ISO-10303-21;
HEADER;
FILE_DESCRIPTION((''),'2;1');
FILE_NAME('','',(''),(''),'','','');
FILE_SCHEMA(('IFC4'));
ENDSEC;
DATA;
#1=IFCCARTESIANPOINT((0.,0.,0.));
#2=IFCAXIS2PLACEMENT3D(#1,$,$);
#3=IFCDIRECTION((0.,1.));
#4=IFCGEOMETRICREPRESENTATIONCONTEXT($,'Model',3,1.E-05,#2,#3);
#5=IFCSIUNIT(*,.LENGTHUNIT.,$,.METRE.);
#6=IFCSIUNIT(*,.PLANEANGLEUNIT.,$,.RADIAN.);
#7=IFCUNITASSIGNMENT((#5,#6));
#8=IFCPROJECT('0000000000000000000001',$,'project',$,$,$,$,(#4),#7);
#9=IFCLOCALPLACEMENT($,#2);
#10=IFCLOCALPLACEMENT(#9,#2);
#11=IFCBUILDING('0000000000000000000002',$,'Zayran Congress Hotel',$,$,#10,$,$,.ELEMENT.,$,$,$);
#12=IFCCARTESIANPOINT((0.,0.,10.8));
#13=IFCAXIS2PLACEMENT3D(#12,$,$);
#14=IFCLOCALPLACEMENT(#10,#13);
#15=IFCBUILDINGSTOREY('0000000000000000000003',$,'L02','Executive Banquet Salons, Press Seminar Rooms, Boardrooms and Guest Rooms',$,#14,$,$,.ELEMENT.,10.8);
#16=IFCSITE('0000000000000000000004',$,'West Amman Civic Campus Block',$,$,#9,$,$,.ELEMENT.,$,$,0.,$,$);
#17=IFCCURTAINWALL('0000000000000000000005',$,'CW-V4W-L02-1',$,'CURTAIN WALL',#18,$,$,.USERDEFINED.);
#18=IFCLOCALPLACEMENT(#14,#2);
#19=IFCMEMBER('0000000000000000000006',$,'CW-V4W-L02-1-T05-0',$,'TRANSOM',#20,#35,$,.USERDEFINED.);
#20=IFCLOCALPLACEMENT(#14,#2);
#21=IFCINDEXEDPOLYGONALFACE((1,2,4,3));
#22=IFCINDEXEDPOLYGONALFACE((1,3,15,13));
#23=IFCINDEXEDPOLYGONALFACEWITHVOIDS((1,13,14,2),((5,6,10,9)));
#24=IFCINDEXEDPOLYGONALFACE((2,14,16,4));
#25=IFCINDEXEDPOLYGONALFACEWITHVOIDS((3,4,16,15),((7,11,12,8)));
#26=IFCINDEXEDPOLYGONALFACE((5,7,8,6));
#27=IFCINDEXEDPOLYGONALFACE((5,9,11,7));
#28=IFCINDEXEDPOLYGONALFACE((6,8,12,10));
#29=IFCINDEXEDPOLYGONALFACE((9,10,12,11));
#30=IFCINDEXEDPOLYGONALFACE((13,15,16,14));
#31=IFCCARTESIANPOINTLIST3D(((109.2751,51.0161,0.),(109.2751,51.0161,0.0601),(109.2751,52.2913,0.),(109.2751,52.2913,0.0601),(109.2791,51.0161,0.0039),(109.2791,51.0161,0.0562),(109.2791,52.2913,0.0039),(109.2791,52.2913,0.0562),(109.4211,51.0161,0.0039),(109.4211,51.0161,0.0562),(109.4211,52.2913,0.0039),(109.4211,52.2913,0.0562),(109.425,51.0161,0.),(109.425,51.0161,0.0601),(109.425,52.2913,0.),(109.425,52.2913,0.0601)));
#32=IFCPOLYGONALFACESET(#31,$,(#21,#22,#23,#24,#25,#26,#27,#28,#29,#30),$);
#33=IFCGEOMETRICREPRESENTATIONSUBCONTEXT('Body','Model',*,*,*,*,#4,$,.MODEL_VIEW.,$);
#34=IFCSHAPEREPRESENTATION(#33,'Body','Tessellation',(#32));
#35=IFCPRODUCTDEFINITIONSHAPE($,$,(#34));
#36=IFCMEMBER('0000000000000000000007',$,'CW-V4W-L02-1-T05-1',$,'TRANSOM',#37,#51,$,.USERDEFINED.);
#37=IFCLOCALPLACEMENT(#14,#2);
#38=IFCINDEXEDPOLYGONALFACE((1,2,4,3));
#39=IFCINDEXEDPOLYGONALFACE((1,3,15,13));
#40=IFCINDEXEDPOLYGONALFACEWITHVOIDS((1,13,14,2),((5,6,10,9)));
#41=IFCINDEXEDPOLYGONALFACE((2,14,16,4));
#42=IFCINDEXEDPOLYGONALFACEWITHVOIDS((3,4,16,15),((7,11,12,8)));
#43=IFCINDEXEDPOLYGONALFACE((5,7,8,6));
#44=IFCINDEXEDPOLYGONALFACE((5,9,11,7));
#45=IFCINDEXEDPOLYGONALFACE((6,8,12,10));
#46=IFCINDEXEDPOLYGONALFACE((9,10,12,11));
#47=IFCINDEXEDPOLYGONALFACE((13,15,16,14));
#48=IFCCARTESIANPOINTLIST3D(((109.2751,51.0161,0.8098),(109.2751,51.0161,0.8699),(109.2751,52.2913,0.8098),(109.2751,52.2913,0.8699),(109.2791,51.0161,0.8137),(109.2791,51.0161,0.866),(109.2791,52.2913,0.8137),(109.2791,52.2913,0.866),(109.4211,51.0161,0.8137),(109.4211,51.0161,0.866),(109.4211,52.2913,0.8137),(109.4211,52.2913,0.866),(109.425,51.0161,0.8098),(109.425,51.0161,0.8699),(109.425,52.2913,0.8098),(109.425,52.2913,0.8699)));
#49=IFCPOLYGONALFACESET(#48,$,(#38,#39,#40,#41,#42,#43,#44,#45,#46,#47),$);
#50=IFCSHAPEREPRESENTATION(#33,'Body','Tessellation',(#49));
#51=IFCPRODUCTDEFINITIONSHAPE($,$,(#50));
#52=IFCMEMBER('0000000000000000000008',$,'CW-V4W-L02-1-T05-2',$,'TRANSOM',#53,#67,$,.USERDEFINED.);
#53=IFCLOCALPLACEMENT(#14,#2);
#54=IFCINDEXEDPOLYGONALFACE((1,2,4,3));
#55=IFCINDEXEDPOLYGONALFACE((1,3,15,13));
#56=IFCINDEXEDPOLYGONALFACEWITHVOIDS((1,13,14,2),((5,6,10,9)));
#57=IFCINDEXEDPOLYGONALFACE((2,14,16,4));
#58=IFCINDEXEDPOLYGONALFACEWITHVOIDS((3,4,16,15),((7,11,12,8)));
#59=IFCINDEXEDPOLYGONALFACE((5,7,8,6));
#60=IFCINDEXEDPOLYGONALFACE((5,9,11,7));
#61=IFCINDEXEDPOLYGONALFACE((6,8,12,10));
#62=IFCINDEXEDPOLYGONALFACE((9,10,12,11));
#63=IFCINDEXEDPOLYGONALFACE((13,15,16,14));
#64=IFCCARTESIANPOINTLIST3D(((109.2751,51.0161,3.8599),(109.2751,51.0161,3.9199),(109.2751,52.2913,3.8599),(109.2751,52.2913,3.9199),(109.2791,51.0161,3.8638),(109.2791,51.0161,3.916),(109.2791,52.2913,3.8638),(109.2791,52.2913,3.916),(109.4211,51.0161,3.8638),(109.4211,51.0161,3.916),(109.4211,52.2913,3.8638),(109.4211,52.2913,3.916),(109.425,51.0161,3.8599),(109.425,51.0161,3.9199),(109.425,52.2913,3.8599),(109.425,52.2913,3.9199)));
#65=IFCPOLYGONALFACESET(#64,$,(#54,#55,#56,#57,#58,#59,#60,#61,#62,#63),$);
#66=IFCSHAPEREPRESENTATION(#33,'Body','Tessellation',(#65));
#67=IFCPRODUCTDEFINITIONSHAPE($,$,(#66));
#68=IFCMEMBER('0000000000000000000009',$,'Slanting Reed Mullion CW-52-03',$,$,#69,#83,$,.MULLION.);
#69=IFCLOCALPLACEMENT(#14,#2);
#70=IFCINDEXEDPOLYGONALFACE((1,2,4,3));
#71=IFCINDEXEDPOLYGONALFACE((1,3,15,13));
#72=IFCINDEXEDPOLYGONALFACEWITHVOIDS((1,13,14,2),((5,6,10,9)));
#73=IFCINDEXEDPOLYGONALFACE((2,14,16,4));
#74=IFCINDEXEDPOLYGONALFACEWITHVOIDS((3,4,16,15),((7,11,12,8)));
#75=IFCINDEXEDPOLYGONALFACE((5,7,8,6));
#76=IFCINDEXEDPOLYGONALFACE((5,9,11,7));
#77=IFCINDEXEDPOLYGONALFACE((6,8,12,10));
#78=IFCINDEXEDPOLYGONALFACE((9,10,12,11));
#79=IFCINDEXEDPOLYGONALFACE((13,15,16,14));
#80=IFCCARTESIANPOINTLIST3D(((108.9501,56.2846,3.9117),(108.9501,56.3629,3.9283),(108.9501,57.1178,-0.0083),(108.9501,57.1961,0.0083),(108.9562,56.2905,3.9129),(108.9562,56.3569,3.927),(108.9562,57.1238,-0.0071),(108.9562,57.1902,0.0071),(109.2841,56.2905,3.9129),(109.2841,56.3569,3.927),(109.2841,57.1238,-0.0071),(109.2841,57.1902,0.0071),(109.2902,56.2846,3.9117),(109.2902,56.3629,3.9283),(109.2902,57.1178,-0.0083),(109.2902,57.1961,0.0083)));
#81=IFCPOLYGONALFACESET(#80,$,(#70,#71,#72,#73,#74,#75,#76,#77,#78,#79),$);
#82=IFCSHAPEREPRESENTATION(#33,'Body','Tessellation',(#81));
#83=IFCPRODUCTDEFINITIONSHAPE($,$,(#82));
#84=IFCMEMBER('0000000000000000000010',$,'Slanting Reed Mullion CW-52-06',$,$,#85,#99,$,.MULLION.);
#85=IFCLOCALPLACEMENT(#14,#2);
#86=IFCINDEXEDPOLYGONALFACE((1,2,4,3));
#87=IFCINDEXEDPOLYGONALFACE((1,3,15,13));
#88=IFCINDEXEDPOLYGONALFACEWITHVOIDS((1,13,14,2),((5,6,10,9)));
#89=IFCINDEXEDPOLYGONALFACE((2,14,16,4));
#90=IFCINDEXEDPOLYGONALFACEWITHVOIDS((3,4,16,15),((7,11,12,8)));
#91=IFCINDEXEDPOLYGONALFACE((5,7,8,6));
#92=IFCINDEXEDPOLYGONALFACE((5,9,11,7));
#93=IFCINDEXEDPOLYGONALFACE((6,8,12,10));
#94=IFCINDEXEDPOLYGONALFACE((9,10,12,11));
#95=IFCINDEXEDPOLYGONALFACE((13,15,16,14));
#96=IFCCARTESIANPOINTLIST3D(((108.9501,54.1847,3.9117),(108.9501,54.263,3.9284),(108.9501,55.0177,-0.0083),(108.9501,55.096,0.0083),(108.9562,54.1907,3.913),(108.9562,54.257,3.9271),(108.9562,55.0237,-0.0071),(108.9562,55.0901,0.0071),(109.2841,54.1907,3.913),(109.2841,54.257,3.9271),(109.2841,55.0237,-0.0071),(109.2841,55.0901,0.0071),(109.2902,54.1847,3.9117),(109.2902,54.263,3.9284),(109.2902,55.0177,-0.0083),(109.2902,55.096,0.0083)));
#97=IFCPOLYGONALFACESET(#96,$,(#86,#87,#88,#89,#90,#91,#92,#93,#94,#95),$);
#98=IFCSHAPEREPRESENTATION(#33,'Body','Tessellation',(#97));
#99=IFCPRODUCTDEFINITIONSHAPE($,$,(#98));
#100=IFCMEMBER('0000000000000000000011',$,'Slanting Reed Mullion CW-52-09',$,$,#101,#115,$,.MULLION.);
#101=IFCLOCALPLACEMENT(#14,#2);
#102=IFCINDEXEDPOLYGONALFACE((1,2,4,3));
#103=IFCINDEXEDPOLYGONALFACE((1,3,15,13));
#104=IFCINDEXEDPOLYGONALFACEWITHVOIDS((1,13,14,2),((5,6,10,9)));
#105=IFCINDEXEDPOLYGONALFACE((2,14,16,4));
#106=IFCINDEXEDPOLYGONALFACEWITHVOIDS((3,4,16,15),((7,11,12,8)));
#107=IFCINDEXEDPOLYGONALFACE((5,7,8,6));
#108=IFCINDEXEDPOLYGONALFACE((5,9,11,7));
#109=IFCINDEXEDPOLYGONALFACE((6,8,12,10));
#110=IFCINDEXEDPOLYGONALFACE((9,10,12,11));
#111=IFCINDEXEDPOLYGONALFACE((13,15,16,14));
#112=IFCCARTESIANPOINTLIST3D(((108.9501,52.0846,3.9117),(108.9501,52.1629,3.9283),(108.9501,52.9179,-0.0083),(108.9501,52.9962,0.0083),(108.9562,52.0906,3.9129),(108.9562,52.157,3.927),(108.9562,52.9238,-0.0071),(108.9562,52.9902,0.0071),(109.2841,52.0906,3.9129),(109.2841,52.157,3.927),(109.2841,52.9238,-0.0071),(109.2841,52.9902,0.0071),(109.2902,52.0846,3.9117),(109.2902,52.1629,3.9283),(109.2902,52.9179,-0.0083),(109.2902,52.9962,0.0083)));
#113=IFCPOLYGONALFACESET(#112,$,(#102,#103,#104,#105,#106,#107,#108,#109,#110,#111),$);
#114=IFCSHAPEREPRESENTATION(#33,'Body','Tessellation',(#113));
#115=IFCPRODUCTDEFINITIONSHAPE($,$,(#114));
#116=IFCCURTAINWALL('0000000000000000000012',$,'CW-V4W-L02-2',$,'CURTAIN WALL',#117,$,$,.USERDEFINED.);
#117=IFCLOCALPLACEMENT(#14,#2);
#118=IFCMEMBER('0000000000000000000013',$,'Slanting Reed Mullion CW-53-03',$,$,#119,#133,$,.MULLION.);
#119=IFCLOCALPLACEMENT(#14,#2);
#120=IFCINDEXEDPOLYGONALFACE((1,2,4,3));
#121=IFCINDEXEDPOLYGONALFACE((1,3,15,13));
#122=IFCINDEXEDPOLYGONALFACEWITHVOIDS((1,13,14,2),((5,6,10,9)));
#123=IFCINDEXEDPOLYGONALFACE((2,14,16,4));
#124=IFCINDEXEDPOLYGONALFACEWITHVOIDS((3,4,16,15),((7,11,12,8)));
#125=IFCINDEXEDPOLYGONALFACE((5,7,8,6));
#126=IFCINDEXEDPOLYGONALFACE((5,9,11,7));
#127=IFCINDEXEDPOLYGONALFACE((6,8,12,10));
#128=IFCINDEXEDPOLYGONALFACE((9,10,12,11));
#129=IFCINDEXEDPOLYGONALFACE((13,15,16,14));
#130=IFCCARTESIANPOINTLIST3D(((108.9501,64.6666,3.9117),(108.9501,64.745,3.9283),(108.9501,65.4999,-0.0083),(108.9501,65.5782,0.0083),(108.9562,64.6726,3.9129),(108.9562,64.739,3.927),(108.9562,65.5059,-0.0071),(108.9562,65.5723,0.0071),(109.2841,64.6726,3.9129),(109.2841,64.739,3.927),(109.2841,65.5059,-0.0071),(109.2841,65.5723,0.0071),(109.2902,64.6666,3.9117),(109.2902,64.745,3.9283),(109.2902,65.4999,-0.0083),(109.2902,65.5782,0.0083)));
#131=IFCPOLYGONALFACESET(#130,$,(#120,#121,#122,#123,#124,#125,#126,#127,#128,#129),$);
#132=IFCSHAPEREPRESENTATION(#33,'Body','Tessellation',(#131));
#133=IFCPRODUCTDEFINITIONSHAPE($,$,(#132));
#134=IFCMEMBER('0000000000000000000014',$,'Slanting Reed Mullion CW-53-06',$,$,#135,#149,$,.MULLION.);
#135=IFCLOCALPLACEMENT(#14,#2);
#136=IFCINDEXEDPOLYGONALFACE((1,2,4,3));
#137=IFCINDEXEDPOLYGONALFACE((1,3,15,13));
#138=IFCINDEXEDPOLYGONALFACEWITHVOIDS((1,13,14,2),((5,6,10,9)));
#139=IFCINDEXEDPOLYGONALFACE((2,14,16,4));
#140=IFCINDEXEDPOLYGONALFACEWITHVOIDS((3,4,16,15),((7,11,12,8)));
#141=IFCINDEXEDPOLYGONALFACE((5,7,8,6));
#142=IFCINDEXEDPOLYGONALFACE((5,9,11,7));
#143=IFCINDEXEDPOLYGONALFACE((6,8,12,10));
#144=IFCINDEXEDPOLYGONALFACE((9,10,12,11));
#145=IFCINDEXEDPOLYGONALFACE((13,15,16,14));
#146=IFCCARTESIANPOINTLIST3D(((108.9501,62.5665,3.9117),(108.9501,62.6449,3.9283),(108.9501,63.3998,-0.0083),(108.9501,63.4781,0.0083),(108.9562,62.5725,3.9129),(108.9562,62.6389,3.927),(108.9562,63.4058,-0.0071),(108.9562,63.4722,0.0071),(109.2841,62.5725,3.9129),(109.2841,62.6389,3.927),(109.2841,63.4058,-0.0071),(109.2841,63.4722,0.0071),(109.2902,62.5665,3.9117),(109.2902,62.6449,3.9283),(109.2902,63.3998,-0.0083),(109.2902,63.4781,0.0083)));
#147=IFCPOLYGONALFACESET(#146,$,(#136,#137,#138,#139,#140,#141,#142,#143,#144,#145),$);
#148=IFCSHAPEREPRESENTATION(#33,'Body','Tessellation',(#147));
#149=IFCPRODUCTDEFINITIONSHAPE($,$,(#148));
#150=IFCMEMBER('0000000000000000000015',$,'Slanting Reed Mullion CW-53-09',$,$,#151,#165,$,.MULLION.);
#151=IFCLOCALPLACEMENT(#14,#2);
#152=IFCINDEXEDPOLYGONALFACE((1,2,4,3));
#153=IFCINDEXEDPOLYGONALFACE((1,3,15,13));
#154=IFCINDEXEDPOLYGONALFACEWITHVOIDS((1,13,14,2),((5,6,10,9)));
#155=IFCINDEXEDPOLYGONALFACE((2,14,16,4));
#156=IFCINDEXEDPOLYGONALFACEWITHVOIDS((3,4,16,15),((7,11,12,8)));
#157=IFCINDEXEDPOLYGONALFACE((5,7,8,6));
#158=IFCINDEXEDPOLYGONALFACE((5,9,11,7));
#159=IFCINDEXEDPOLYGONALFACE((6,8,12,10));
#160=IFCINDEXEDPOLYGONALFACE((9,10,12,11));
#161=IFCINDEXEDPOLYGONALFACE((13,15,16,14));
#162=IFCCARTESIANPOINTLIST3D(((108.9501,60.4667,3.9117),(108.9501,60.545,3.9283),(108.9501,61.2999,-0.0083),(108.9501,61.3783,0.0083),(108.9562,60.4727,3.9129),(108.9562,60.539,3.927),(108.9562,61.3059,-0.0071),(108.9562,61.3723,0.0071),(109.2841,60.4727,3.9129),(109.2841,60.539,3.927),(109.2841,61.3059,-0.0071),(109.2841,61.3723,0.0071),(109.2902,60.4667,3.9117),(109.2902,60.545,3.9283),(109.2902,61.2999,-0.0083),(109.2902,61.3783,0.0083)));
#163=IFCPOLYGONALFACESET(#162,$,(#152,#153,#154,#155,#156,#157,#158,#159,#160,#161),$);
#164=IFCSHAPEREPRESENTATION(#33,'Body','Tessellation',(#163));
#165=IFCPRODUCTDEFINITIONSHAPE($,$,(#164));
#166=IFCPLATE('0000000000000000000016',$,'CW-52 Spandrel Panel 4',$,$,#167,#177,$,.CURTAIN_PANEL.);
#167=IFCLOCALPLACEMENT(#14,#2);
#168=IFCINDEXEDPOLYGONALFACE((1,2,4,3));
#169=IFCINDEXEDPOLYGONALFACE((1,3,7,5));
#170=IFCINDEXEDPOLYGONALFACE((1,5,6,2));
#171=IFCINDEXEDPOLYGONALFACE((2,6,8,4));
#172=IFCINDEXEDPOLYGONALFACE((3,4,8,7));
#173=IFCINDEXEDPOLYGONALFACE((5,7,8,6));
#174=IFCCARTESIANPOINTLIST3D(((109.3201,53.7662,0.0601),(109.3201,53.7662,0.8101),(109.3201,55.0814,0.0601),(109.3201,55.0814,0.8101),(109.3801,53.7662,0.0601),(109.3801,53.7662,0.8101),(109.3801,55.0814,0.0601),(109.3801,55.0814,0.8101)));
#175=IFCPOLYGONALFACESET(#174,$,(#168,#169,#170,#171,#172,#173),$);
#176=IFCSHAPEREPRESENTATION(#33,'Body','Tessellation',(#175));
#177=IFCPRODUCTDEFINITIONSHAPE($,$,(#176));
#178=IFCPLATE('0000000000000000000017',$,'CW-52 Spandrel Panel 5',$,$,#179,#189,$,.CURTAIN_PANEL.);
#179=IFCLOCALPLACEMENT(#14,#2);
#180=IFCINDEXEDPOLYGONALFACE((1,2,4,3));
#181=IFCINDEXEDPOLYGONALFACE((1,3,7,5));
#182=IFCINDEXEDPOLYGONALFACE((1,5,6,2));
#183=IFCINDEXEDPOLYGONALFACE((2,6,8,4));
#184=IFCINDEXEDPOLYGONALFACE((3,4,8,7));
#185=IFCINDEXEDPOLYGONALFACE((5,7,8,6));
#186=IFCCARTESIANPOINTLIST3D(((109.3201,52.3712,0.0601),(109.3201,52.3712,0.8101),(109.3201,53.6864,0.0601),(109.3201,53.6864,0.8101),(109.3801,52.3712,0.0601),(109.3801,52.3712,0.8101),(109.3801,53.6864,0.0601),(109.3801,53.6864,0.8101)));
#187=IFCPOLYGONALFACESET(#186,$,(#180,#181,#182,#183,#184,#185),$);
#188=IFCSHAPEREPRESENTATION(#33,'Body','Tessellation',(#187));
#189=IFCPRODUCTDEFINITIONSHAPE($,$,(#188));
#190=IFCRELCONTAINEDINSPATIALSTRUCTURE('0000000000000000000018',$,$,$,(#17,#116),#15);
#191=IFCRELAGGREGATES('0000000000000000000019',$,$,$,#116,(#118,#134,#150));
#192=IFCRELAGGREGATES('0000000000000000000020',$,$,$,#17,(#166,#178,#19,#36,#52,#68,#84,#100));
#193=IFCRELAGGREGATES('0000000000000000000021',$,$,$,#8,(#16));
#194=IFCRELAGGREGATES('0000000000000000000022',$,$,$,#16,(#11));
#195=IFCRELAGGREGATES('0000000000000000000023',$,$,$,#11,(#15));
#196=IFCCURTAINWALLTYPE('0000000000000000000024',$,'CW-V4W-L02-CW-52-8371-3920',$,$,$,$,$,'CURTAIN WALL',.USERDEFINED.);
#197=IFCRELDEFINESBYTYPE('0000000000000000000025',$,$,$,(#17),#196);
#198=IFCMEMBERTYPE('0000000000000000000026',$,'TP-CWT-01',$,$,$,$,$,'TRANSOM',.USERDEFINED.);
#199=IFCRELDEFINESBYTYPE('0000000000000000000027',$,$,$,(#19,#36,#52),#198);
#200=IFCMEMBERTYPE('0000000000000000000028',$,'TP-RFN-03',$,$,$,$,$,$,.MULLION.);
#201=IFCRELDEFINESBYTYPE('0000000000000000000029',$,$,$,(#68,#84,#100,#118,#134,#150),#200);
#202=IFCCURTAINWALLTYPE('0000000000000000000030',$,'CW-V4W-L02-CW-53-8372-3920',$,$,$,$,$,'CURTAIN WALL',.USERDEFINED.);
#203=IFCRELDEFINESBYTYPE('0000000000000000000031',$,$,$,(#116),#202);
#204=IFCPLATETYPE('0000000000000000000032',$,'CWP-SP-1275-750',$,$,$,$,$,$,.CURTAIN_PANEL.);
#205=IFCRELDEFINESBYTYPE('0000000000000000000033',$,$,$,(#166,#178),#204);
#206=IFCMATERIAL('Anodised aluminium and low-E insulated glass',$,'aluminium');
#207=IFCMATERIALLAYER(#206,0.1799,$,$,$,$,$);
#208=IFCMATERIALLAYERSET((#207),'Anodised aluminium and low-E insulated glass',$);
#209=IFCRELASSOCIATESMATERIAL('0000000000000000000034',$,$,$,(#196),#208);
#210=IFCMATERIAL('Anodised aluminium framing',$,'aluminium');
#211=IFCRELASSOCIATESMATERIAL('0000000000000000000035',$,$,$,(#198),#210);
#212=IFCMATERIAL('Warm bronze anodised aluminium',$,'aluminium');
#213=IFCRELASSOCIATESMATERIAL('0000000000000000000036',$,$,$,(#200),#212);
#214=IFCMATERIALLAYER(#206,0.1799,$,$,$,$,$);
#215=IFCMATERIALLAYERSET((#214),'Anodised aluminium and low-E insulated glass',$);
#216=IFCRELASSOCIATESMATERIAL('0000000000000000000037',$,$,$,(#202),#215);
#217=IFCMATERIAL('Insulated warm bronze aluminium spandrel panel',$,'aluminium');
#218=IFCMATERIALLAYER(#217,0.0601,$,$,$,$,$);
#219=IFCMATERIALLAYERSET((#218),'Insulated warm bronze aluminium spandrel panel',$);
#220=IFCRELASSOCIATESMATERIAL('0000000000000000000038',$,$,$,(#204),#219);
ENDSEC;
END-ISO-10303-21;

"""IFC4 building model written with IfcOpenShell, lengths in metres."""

from ifc_helpers import new_model, si_unit, direction, frame, origin, origin_2d, place, context, subcontext, project, spatial, rectangle, hollow_rectangle, extrude, material, layer, layer_set, material_profile, profile_set, type_object, element, aggregate, save


model = new_model("IFC4")

# Units and contexts
model_context = context("Model", 3, precision=1e-05, world=origin(), true_north=direction((0.0, 1.0)))
body_context = subcontext(model_context, "Body", "Model", "MODEL_VIEW")
ifc_project = project(units=[si_unit("LENGTHUNIT", "METRE"), si_unit("PLANEANGLEUNIT", "RADIAN")], contexts=[model_context])

# Site, building, storey
site_placement = place(None, origin())
site = spatial("IfcSite", under=ifc_project, at=site_placement, Name="West Amman Civic Campus Block", CompositionType="ELEMENT", RefElevation=0.0)
building_placement = place(site_placement, origin())
building = spatial("IfcBuilding", under=site, at=building_placement, Name="Zayran Congress Hotel", CompositionType="ELEMENT")
storey_placement = place(building_placement, frame((0.0, 0.0, 10.8)))
storey = spatial("IfcBuildingStorey", under=building, at=storey_placement, Name="L02", Description="Executive Banquet Salons, Press Seminar Rooms, Boardrooms and Guest Rooms", CompositionType="ELEMENT", Elevation=10.8)

# Shared definitions
ifc_material_1 = material(Name="Anodised aluminium and low-E insulated glass", Category="aluminium")
ifc_material_2 = material(Name="Anodised aluminium framing", Category="aluminium")

# Curtain wall
ifc_layer_1 = layer(ifc_material_1, 0.1799)
ifc_layer_set_1 = layer_set([ifc_layer_1], Name="Anodised aluminium and low-E insulated glass")
curtain_wall_type_1 = type_object("IfcCurtainWallType", Name="CW-V4W-L02-CW-52-8371-3920", ElementType="CURTAIN WALL", PredefinedType="USERDEFINED", material=ifc_layer_set_1)
curtain_wall_1_placement = place(storey_placement, origin())
curtain_wall_1 = element("IfcCurtainWall", 1, at=curtain_wall_1_placement, inside=storey, type_object=curtain_wall_type_1, Name="CW-V4W-L02-1", ObjectType="CURTAIN WALL", PredefinedType="USERDEFINED")

# Members
ifc_material_profile_1 = material_profile(ifc_material_2, hollow_rectangle(XDim=0.0601, YDim=0.1499, WallThickness=0.0039, at=origin_2d()), Name="RHS 150x60x4")
ifc_profile_set_1 = profile_set([ifc_material_profile_1], Name="Anodised aluminium framing")
member_type_1 = type_object("IfcMemberType", Name="TP-CWT-01", ElementType="TRANSOM", PredefinedType="USERDEFINED", material=ifc_profile_set_1)
member_1_placement = place(storey_placement, frame((109.3501, 52.2913, 0.03), z_axis=(0.0, -1.0, 0.0), x_axis=(0.0, 0.0, 1.0)))
member_1 = element("IfcMember", 2, at=member_1_placement, type_object=member_type_1, Name="CW-V4W-L02-1-T05-0", ObjectType="TRANSOM", PredefinedType="USERDEFINED", context=body_context, shape_type="SweptSolid", body=[
    extrude(hollow_rectangle(XDim=0.0601, YDim=0.1499, WallThickness=0.0039, at=origin_2d()), origin(), (0.0, 0.0, 1.0), 1.2751),
])
member_2_placement = place(storey_placement, frame((109.3501, 52.2913, 0.8398), z_axis=(0.0, -1.0, 0.0), x_axis=(0.0, 0.0, 1.0)))
member_2 = element("IfcMember", 3, at=member_2_placement, type_object=member_type_1, Name="CW-V4W-L02-1-T05-1", ObjectType="TRANSOM", PredefinedType="USERDEFINED", context=body_context, shape_type="SweptSolid", body=[
    extrude(hollow_rectangle(XDim=0.0601, YDim=0.1499, WallThickness=0.0039, at=origin_2d()), origin(), (0.0, 0.0, 1.0), 1.2751),
])
member_3_placement = place(storey_placement, frame((109.3501, 52.2913, 3.8899), z_axis=(0.0, -1.0, 0.0), x_axis=(0.0, 0.0, 1.0)))
member_3 = element("IfcMember", 4, at=member_3_placement, type_object=member_type_1, Name="CW-V4W-L02-1-T05-2", ObjectType="TRANSOM", PredefinedType="USERDEFINED", context=body_context, shape_type="SweptSolid", body=[
    extrude(hollow_rectangle(XDim=0.0601, YDim=0.1499, WallThickness=0.0039, at=origin_2d()), origin(), (0.0, 0.0, 1.0), 1.2751),
])
ifc_material_3 = material(Name="Warm bronze anodised aluminium", Category="aluminium")
ifc_material_profile_2 = material_profile(ifc_material_3, hollow_rectangle(XDim=0.0801, YDim=0.3401, WallThickness=0.0061, at=origin_2d()), Name="RHS 340x80x6")
ifc_profile_set_2 = profile_set([ifc_material_profile_2], Name="Warm bronze anodised aluminium")
member_type_2 = type_object("IfcMemberType", Name="TP-RFN-03", PredefinedType="MULLION", material=ifc_profile_set_2)
member_4_placement = place(storey_placement, frame((109.1201, 57.157, 0.0), z_axis=(0.0, -0.207923, 0.978145), x_axis=(0.0, 0.978145, 0.207923)))
member_4 = element("IfcMember", 5, at=member_4_placement, type_object=member_type_2, Name="Slanting Reed Mullion CW-52-03", PredefinedType="MULLION", context=body_context, shape_type="SweptSolid", body=[
    extrude(hollow_rectangle(XDim=0.0801, YDim=0.3401, WallThickness=0.0061, at=origin_2d()), origin(), (0.0, 0.0, 1.0), 4.0076),
])
member_5_placement = place(storey_placement, frame((109.1201, 55.0569, 0.0), z_axis=(0.0, -0.207865, 0.978158), x_axis=(0.0, 0.978158, 0.207865)))
member_5 = element("IfcMember", 6, at=member_5_placement, type_object=member_type_2, Name="Slanting Reed Mullion CW-52-06", PredefinedType="MULLION", context=body_context, shape_type="SweptSolid", body=[
    extrude(hollow_rectangle(XDim=0.0801, YDim=0.3401, WallThickness=0.0061, at=origin_2d()), origin(), (0.0, 0.0, 1.0), 4.0076),
])
member_6_placement = place(storey_placement, frame((109.1201, 52.957, 0.0), z_axis=(0.0, -0.207923, 0.978145), x_axis=(0.0, 0.978145, 0.207923)))
member_6 = element("IfcMember", 7, at=member_6_placement, type_object=member_type_2, Name="Slanting Reed Mullion CW-52-09", PredefinedType="MULLION", context=body_context, shape_type="SweptSolid", body=[
    extrude(hollow_rectangle(XDim=0.0801, YDim=0.3401, WallThickness=0.0061, at=origin_2d()), origin(), (0.0, 0.0, 1.0), 4.0076),
])

# Curtain wall, members
ifc_layer_2 = layer(ifc_material_1, 0.1799)
ifc_layer_set_2 = layer_set([ifc_layer_2], Name="Anodised aluminium and low-E insulated glass")
curtain_wall_type_2 = type_object("IfcCurtainWallType", Name="CW-V4W-L02-CW-53-8372-3920", ElementType="CURTAIN WALL", PredefinedType="USERDEFINED", material=ifc_layer_set_2)
curtain_wall_2_placement = place(storey_placement, origin())
curtain_wall_2 = element("IfcCurtainWall", 8, at=curtain_wall_2_placement, inside=storey, type_object=curtain_wall_type_2, Name="CW-V4W-L02-2", ObjectType="CURTAIN WALL", PredefinedType="USERDEFINED")
member_7_placement = place(storey_placement, frame((109.1201, 65.5391, 0.0), z_axis=(0.0, -0.207923, 0.978145), x_axis=(0.0, 0.978145, 0.207923)))
member_7 = element("IfcMember", 9, at=member_7_placement, type_object=member_type_2, Name="Slanting Reed Mullion CW-53-03", PredefinedType="MULLION", context=body_context, shape_type="SweptSolid", body=[
    extrude(hollow_rectangle(XDim=0.0801, YDim=0.3401, WallThickness=0.0061, at=origin_2d()), origin(), (0.0, 0.0, 1.0), 4.0076),
])
member_8_placement = place(storey_placement, frame((109.1201, 63.439, 0.0), z_axis=(0.0, -0.207923, 0.978145), x_axis=(0.0, 0.978145, 0.207923)))
member_8 = element("IfcMember", 10, at=member_8_placement, type_object=member_type_2, Name="Slanting Reed Mullion CW-53-06", PredefinedType="MULLION", context=body_context, shape_type="SweptSolid", body=[
    extrude(hollow_rectangle(XDim=0.0801, YDim=0.3401, WallThickness=0.0061, at=origin_2d()), origin(), (0.0, 0.0, 1.0), 4.0076),
])
member_9_placement = place(storey_placement, frame((109.1201, 61.3391, 0.0), z_axis=(0.0, -0.207923, 0.978145), x_axis=(0.0, 0.978145, 0.207923)))
member_9 = element("IfcMember", 11, at=member_9_placement, type_object=member_type_2, Name="Slanting Reed Mullion CW-53-09", PredefinedType="MULLION", context=body_context, shape_type="SweptSolid", body=[
    extrude(hollow_rectangle(XDim=0.0801, YDim=0.3401, WallThickness=0.0061, at=origin_2d()), origin(), (0.0, 0.0, 1.0), 4.0076),
])
aggregate(curtain_wall_2, [member_7, member_8, member_9])

# Plates
ifc_material_4 = material(Name="Insulated warm bronze aluminium spandrel panel", Category="aluminium")
ifc_layer_3 = layer(ifc_material_4, 0.0601)
ifc_layer_set_3 = layer_set([ifc_layer_3], Name="Insulated warm bronze aluminium spandrel panel")
plate_type_1 = type_object("IfcPlateType", Name="CWP-SP-1275-750", PredefinedType="CURTAIN_PANEL", material=ifc_layer_set_3)
plate_1_placement = place(storey_placement, frame((109.3501, 54.4238, 0.0601), z_axis=(0.0, 0.0, 1.0), x_axis=(0.0, 1.0, 0.0)))
plate_1 = element("IfcPlate", 12, at=plate_1_placement, type_object=plate_type_1, Name="CW-52 Spandrel Panel 4", PredefinedType="CURTAIN_PANEL", context=body_context, shape_type="SweptSolid", body=[
    extrude(rectangle(XDim=1.3152, YDim=0.0601, at=origin_2d()), origin(), (0.0, 0.0, 1.0), 0.75),
])
plate_2_placement = place(storey_placement, frame((109.3501, 53.0288, 0.0601), z_axis=(0.0, 0.0, 1.0), x_axis=(0.0, 1.0, 0.0)))
plate_2 = element("IfcPlate", 13, at=plate_2_placement, type_object=plate_type_1, Name="CW-52 Spandrel Panel 5", PredefinedType="CURTAIN_PANEL", context=body_context, shape_type="SweptSolid", body=[
    extrude(rectangle(XDim=1.3152, YDim=0.0601, at=origin_2d()), origin(), (0.0, 0.0, 1.0), 0.75),
])
aggregate(curtain_wall_1, [plate_1, plate_2, member_1, member_2, member_3, member_4, member_5, member_6])

save(model, "model.ifc")
